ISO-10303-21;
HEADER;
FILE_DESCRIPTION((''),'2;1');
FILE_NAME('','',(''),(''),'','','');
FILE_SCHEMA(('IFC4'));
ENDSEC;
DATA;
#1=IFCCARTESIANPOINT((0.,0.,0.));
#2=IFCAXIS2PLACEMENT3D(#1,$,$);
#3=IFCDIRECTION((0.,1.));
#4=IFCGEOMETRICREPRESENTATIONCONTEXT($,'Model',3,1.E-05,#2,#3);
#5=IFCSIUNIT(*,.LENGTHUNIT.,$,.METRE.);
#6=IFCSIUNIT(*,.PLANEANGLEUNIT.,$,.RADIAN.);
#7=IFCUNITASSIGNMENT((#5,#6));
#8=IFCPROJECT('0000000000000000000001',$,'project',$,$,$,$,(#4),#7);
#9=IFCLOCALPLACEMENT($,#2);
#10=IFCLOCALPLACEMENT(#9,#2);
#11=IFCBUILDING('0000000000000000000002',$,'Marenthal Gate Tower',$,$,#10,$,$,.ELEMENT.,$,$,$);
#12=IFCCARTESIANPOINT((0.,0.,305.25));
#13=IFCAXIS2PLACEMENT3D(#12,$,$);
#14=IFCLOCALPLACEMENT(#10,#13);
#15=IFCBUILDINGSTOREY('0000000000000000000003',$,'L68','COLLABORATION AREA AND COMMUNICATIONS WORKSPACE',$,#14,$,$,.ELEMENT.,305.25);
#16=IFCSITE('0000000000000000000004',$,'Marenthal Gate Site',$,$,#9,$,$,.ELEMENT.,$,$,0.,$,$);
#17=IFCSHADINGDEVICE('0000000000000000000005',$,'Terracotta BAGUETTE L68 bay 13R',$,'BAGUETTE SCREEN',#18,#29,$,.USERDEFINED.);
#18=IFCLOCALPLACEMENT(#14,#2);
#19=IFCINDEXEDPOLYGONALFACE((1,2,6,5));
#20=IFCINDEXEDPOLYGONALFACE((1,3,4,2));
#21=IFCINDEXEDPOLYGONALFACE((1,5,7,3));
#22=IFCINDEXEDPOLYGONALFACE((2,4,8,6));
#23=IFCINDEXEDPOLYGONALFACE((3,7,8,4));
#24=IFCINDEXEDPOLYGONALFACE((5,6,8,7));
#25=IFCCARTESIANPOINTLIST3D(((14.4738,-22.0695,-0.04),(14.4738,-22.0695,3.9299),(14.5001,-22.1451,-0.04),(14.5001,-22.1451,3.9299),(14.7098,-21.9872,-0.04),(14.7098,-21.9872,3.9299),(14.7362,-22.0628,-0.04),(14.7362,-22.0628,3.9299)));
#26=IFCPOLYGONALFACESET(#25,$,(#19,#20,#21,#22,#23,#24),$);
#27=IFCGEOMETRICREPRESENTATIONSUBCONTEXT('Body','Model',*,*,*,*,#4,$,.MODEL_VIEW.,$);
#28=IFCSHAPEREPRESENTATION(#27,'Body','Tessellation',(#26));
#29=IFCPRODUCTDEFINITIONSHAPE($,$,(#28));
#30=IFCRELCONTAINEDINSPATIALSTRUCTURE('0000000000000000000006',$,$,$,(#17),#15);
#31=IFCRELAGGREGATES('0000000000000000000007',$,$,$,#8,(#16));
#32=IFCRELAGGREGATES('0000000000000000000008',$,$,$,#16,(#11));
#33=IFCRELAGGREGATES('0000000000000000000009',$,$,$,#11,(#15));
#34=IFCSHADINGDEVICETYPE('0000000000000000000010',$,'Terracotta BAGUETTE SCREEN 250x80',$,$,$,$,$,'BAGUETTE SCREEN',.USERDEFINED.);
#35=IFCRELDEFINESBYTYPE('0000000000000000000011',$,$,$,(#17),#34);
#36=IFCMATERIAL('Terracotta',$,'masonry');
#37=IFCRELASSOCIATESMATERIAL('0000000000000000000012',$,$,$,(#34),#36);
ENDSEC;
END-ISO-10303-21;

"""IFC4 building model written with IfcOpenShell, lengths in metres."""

from ifc_helpers import new_model, si_unit, direction, frame, origin, origin_2d, place, context, subcontext, project, spatial, rectangle, extrude, material, material_profile, profile_set, type_object, element, save


model = new_model("IFC4")

# Units and contexts
model_context = context("Model", 3, precision=1e-05, world=origin(), true_north=direction((0.0, 1.0)))
body_context = subcontext(model_context, "Body", "Model", "MODEL_VIEW")
ifc_project = project(units=[si_unit("LENGTHUNIT", "METRE"), si_unit("PLANEANGLEUNIT", "RADIAN")], contexts=[model_context])

# Site, building, storey
site_placement = place(None, origin())
site = spatial("IfcSite", under=ifc_project, at=site_placement, Name="Marenthal Gate Site", CompositionType="ELEMENT", RefElevation=0.0)
building_placement = place(site_placement, origin())
building = spatial("IfcBuilding", under=site, at=building_placement, Name="Marenthal Gate Tower", CompositionType="ELEMENT")
storey_placement = place(building_placement, frame((0.0, 0.0, 305.25)))
storey = spatial("IfcBuildingStorey", under=building, at=storey_placement, Name="L68", Description="COLLABORATION AREA AND COMMUNICATIONS WORKSPACE", CompositionType="ELEMENT", Elevation=305.25)

# Shading device
ifc_material_1 = material(Name="Terracotta", Category="masonry")
ifc_material_profile_1 = material_profile(ifc_material_1, rectangle(XDim=0.25, YDim=0.0801, at=origin_2d()), Name="Terracotta baguette 250x80")
ifc_profile_set_1 = profile_set([ifc_material_profile_1], Name="Terracotta")
shading_device_type = type_object("IfcShadingDeviceType", Name="Terracotta BAGUETTE SCREEN 250x80", ElementType="BAGUETTE SCREEN", PredefinedType="USERDEFINED", material=ifc_profile_set_1)
shading_device_placement = place(storey_placement, frame((14.605, -22.0662, -0.04), z_axis=(0.0, 0.0, 1.0), x_axis=(0.94428, 0.329144, 0.0)))
element("IfcShadingDevice", 1, at=shading_device_placement, inside=storey, type_object=shading_device_type, Name="Terracotta BAGUETTE L68 bay 13R", ObjectType="BAGUETTE SCREEN", PredefinedType="USERDEFINED", context=body_context, shape_type="SweptSolid", body=[
    extrude(rectangle(XDim=0.25, YDim=0.0801, at=origin_2d()), origin(), (0.0, 0.0, 1.0), 3.97),
])

save(model, "model.ifc")
